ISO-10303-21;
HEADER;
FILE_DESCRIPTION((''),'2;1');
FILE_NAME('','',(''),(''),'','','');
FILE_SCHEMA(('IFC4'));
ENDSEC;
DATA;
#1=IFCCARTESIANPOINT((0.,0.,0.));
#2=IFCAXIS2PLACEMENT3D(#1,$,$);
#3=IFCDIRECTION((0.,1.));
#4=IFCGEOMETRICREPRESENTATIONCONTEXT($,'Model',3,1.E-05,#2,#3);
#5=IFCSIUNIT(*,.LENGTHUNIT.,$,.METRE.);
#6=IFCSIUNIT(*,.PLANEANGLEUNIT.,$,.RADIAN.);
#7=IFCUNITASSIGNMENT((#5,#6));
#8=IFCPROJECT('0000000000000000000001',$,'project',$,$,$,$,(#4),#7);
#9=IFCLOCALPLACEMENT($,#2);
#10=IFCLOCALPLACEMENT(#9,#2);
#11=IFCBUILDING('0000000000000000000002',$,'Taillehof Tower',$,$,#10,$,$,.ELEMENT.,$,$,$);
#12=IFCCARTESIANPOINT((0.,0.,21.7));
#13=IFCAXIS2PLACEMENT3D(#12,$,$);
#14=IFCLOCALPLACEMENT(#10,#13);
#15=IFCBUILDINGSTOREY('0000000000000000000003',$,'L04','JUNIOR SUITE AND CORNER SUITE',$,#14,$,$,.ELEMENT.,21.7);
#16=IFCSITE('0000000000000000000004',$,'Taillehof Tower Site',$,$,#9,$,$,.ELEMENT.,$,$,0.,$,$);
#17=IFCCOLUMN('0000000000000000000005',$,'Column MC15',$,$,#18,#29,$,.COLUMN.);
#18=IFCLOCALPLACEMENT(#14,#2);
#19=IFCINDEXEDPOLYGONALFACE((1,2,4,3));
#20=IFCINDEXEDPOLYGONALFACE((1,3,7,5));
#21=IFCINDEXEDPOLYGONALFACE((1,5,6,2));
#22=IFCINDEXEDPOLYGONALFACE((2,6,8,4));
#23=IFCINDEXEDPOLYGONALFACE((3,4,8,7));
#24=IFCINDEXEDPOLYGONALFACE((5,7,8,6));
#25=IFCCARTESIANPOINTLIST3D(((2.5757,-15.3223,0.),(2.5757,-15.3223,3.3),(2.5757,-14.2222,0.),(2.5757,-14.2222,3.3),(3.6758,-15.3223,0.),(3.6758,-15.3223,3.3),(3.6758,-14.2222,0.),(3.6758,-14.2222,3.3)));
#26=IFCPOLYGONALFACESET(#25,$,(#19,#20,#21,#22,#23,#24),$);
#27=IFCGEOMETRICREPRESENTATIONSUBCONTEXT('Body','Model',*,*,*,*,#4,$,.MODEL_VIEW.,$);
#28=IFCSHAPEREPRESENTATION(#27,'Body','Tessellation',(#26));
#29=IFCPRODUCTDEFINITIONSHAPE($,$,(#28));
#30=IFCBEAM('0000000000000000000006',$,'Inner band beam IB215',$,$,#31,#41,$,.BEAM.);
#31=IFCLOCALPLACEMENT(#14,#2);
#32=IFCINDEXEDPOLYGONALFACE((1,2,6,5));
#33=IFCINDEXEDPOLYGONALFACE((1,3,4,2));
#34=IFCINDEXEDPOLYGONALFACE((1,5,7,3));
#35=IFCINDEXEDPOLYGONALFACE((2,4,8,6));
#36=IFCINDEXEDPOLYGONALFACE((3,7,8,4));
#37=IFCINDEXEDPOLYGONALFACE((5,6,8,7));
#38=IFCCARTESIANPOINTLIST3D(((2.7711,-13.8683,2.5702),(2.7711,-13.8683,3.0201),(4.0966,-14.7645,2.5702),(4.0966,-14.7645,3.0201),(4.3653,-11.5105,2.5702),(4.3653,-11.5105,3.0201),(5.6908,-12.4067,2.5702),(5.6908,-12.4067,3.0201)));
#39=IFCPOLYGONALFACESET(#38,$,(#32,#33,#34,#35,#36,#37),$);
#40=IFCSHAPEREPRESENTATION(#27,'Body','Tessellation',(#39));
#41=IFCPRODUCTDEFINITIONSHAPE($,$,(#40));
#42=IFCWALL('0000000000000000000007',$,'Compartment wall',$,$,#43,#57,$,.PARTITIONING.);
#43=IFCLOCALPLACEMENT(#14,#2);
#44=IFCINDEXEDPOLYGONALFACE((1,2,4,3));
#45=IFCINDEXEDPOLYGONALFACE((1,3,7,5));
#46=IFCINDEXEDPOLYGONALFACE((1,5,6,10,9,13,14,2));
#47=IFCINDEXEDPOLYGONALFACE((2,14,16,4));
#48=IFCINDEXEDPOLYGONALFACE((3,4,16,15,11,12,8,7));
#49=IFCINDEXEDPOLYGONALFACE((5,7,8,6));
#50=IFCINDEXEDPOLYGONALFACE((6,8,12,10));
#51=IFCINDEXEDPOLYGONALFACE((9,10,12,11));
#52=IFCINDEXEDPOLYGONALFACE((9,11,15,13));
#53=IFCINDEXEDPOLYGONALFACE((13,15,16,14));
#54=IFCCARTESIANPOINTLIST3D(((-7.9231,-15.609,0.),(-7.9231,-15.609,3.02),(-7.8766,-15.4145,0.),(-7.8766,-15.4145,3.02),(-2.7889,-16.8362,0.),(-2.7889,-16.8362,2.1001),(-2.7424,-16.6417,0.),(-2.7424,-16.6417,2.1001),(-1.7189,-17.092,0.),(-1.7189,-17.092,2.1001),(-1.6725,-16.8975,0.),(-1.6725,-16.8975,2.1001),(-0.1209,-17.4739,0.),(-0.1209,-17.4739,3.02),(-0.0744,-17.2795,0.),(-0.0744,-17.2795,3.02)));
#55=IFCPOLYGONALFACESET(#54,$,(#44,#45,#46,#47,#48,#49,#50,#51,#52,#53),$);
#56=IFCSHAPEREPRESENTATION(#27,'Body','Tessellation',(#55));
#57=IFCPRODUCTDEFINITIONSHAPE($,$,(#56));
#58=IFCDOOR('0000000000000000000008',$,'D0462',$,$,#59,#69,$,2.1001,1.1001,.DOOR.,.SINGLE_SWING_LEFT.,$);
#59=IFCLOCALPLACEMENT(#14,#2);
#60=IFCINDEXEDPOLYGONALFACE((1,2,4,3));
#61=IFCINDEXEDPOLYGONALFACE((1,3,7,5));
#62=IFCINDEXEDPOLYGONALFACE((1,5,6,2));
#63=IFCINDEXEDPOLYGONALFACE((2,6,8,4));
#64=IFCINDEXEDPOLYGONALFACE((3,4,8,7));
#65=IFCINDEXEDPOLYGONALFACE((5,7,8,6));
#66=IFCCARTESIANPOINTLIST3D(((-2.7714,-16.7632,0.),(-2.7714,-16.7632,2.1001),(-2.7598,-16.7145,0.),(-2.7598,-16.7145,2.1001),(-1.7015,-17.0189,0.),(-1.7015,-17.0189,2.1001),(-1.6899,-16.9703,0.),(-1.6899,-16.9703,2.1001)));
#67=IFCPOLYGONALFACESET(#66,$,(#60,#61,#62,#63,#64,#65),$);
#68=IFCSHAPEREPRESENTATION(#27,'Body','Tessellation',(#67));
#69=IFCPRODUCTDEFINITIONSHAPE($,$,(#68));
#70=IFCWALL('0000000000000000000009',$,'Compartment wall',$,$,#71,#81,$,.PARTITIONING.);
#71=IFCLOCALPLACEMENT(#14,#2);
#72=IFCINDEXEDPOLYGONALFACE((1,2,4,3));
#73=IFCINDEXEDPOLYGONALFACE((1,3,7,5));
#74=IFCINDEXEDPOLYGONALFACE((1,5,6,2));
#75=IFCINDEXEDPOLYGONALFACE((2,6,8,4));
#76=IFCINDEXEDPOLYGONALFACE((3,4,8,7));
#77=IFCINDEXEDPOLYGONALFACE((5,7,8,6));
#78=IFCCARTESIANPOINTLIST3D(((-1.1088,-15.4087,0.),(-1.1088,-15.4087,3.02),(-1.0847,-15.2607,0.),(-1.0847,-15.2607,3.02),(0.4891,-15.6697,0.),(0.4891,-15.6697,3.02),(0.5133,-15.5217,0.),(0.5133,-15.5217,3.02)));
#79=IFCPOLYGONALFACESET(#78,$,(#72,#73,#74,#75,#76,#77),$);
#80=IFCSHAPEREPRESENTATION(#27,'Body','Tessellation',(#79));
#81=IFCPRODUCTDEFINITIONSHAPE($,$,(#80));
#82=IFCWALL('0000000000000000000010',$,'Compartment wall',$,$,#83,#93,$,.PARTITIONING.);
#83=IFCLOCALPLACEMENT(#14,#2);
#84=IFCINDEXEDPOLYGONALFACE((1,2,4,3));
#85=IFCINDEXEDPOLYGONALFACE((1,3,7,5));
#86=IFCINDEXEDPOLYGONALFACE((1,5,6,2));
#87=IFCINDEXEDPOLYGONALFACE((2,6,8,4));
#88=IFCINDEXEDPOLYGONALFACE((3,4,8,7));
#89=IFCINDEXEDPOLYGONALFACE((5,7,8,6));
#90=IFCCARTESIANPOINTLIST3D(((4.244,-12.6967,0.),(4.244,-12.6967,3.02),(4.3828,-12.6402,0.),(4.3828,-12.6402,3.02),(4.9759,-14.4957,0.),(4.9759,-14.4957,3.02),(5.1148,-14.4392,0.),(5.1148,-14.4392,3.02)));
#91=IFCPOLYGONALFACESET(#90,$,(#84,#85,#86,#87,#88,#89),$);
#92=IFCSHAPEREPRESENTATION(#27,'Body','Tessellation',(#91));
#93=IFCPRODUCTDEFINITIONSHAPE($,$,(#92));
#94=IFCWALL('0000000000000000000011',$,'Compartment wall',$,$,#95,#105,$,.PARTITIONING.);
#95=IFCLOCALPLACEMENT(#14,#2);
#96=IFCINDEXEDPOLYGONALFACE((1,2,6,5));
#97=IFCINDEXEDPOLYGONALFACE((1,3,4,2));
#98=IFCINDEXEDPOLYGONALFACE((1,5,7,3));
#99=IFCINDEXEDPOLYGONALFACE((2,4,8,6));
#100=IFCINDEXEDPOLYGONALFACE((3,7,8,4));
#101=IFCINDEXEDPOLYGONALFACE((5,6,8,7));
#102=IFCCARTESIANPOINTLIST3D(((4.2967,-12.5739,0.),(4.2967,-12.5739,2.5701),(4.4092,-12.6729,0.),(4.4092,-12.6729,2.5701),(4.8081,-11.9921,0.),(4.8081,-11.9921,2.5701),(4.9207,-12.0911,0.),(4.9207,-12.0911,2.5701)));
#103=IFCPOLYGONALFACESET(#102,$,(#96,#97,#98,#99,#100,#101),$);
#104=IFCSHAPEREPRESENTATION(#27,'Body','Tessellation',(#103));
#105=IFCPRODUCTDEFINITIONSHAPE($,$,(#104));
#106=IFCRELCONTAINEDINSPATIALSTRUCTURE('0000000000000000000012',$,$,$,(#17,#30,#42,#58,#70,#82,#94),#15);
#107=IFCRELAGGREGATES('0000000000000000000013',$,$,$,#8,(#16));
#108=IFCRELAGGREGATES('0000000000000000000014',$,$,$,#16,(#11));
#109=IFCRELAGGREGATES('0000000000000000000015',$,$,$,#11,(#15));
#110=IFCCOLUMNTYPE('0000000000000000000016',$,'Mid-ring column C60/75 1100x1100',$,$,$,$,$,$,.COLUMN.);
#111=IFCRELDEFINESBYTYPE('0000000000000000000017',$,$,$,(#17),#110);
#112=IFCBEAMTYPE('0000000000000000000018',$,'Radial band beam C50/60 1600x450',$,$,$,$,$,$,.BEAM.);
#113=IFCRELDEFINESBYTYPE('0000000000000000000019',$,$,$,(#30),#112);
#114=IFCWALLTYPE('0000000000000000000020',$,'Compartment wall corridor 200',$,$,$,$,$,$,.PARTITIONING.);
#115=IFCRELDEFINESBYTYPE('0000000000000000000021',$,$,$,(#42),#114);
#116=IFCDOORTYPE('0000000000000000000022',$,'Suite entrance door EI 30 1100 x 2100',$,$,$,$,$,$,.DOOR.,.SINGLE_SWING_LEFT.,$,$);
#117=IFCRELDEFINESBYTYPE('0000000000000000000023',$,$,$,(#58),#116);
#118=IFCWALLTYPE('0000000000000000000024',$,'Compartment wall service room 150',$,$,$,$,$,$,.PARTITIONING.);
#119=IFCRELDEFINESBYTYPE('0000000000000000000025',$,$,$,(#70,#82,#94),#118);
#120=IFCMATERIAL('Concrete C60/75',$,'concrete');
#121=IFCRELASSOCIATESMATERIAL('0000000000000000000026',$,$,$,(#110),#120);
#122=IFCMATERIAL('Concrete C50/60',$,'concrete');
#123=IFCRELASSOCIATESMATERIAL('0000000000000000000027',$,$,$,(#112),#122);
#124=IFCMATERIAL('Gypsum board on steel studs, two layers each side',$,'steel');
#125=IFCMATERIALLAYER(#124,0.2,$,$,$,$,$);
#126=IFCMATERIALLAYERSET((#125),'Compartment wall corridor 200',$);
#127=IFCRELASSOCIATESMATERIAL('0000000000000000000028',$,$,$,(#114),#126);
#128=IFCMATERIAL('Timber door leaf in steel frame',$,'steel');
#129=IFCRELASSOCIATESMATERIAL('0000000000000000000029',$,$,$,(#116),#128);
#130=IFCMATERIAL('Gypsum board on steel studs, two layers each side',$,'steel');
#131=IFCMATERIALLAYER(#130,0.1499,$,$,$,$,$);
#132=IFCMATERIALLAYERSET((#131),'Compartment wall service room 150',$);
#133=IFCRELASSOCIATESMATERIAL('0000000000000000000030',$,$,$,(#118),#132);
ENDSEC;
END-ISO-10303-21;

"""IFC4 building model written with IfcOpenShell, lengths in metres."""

from ifc_helpers import new_model, si_unit, direction, frame, frame_2d, origin, origin_2d, place, context, subcontext, project, spatial, rectangle, extrude, material, layer, layer_set, material_profile, profile_set, type_object, element, fill, save


model = new_model("IFC4")

# Units and contexts
model_context = context("Model", 3, precision=1e-05, world=origin(), true_north=direction((0.0, 1.0)))
body_context = subcontext(model_context, "Body", "Model", "MODEL_VIEW")
ifc_project = project(units=[si_unit("LENGTHUNIT", "METRE"), si_unit("PLANEANGLEUNIT", "RADIAN")], contexts=[model_context])

# Site, building, storey
site_placement = place(None, origin())
site = spatial("IfcSite", under=ifc_project, at=site_placement, Name="Taillehof Tower Site", CompositionType="ELEMENT", RefElevation=0.0)
building_placement = place(site_placement, origin())
building = spatial("IfcBuilding", under=site, at=building_placement, Name="Taillehof Tower", CompositionType="ELEMENT")
storey_placement = place(building_placement, frame((0.0, 0.0, 21.7)))
storey = spatial("IfcBuildingStorey", under=building, at=storey_placement, Name="L04", Description="JUNIOR SUITE AND CORNER SUITE", CompositionType="ELEMENT", Elevation=21.7)

# Column
ifc_material_1 = material(Name="Concrete C60/75", Category="concrete")
ifc_material_profile_1 = material_profile(ifc_material_1, rectangle(XDim=1.1001, YDim=1.1001, at=origin_2d()), Name="RC 1100x1100")
ifc_profile_set_1 = profile_set([ifc_material_profile_1], Name="Concrete C60/75")
column_type = type_object("IfcColumnType", Name="Mid-ring column C60/75 1100x1100", PredefinedType="COLUMN", material=ifc_profile_set_1)
column_placement = place(storey_placement, frame((3.1257, -14.7722, 0.0), z_axis=(0.0, 0.0, 1.0), x_axis=(1.0, 0.0, 0.0)))
element("IfcColumn", 1, at=column_placement, inside=storey, type_object=column_type, Name="Column MC15", PredefinedType="COLUMN", context=body_context, shape_type="SweptSolid", body=[
    extrude(rectangle(XDim=1.1001, YDim=1.1001, at=origin_2d()), origin(), (0.0, 0.0, 1.0), 3.3),
])

# Beam
ifc_material_2 = material(Name="Concrete C50/60", Category="concrete")
ifc_material_profile_2 = material_profile(ifc_material_2, rectangle(XDim=1.6001, YDim=0.45, at=origin_2d()), Name="RC 1600x450")
ifc_profile_set_2 = profile_set([ifc_material_profile_2], Name="Concrete C50/60")
beam_type = type_object("IfcBeamType", Name="Radial band beam C50/60 1600x450", PredefinedType="BEAM", material=ifc_profile_set_2)
beam_placement = place(storey_placement, frame((3.4338, -14.3164, 2.7952), z_axis=(0.560112, 0.828417, 0.0), x_axis=(-0.828417, 0.560112, 0.0)))
element("IfcBeam", 2, at=beam_placement, inside=storey, type_object=beam_type, Name="Inner band beam IB215", PredefinedType="BEAM", context=body_context, shape_type="SweptSolid", body=[
    extrude(rectangle(XDim=1.6001, YDim=0.45, at=origin_2d()), origin(), (0.0, 0.0, 1.0), 2.8462),
])

# Wall, opening, door
ifc_material_3 = material(Name="Gypsum board on steel studs, two layers each side", Category="steel")
ifc_layer_1 = layer(ifc_material_3, 0.2)
ifc_layer_set_1 = layer_set([ifc_layer_1], Name="Compartment wall corridor 200")
wall_type_1 = type_object("IfcWallType", Name="Compartment wall corridor 200", PredefinedType="PARTITIONING", material=ifc_layer_set_1)
wall_1_placement = place(storey_placement, frame((-0.0977, -17.3767, 0.0), z_axis=(0.0, 0.0, 1.0), x_axis=(-0.9726, 0.232483, 0.0)))
wall_1 = element("IfcWall", 3, at=wall_1_placement, inside=storey, type_object=wall_type_1, Name="Compartment wall", PredefinedType="PARTITIONING", context=body_context, shape_type="SweptSolid", body=[
    extrude(rectangle(XDim=8.022, YDim=0.2, at=frame_2d((4.011, 0.0))), origin(), (0.0, 0.0, 1.0), 3.02),
])
opening_1_placement = place(wall_1_placement, frame((1.6431, 0.0, 0.0)))
opening_1 = element("IfcOpeningElement", 4, at=opening_1_placement, cuts=wall_1, PredefinedType="OPENING", context=body_context, shape_type="SweptSolid", body=[
    extrude(rectangle(XDim=1.1001, YDim=2.1001, at=frame_2d((0.55, 1.05))), frame((0.0, 0.1099, 0.0), z_axis=(0.0, -1.0, 0.0), x_axis=(1.0, 0.0, 0.0)), (0.0, 0.0, 1.0), 0.22),
])
ifc_material_4 = material(Name="Timber door leaf in steel frame", Category="steel")
door_type_1 = type_object("IfcDoorType", Name="Suite entrance door EI 30 1100 x 2100", OperationType="SINGLE_SWING_LEFT", PredefinedType="DOOR", material=ifc_material_4)
door_1_placement = place(opening_1_placement, origin())
door_1 = element("IfcDoor", 5, at=door_1_placement, inside=storey, type_object=door_type_1, Name="D0462", OperationType="SINGLE_SWING_LEFT", OverallHeight=2.1001, OverallWidth=1.1001, PredefinedType="DOOR", context=body_context, shape_type="SweptSolid", body=[
    extrude(rectangle(XDim=1.1001, YDim=2.1001, at=frame_2d((0.55, 1.05))), frame((0.0, 0.0249, 0.0), z_axis=(0.0, -1.0, 0.0), x_axis=(1.0, 0.0, 0.0)), (0.0, 0.0, 1.0), 0.05),
])
fill(opening_1, door_1)

# Walls
ifc_material_5 = material(Name="Gypsum board on steel studs, two layers each side", Category="steel")
ifc_layer_2 = layer(ifc_material_5, 0.1499)
ifc_layer_set_2 = layer_set([ifc_layer_2], Name="Compartment wall service room 150")
wall_type_2 = type_object("IfcWallType", Name="Compartment wall service room 150", PredefinedType="PARTITIONING", material=ifc_layer_set_2)
wall_2_placement = place(storey_placement, frame((0.5012, -15.5957, 0.0), z_axis=(0.0, 0.0, 1.0), x_axis=(-0.986923, 0.161195, 0.0)))
element("IfcWall", 6, at=wall_2_placement, inside=storey, type_object=wall_type_2, Name="Compartment wall", PredefinedType="PARTITIONING", context=body_context, shape_type="SweptSolid", body=[
    extrude(rectangle(XDim=1.6191, YDim=0.1499, at=frame_2d((0.8096, 0.0))), origin(), (0.0, 0.0, 1.0), 3.02),
])
wall_3_placement = place(storey_placement, frame((5.0454, -14.4675, 0.0), z_axis=(0.0, 0.0, 1.0), x_axis=(-0.37689, 0.926258, 0.0)))
element("IfcWall", 7, at=wall_3_placement, inside=storey, type_object=wall_type_2, Name="Compartment wall", PredefinedType="PARTITIONING", context=body_context, shape_type="SweptSolid", body=[
    extrude(rectangle(XDim=1.9421, YDim=0.1499, at=frame_2d((0.9712, 0.0))), origin(), (0.0, 0.0, 1.0), 3.02),
])
wall_4_placement = place(storey_placement, frame((4.353, -12.6233, 0.0), z_axis=(0.0, 0.0, 1.0), x_axis=(0.660265, 0.751032, 0.0)))
element("IfcWall", 8, at=wall_4_placement, inside=storey, type_object=wall_type_2, Name="Compartment wall", PredefinedType="PARTITIONING", context=body_context, shape_type="SweptSolid", body=[
    extrude(rectangle(XDim=0.7747, YDim=0.1499, at=frame_2d((0.3872, 0.0))), origin(), (0.0, 0.0, 1.0), 2.5701),
])

save(model, "model.ifc")
